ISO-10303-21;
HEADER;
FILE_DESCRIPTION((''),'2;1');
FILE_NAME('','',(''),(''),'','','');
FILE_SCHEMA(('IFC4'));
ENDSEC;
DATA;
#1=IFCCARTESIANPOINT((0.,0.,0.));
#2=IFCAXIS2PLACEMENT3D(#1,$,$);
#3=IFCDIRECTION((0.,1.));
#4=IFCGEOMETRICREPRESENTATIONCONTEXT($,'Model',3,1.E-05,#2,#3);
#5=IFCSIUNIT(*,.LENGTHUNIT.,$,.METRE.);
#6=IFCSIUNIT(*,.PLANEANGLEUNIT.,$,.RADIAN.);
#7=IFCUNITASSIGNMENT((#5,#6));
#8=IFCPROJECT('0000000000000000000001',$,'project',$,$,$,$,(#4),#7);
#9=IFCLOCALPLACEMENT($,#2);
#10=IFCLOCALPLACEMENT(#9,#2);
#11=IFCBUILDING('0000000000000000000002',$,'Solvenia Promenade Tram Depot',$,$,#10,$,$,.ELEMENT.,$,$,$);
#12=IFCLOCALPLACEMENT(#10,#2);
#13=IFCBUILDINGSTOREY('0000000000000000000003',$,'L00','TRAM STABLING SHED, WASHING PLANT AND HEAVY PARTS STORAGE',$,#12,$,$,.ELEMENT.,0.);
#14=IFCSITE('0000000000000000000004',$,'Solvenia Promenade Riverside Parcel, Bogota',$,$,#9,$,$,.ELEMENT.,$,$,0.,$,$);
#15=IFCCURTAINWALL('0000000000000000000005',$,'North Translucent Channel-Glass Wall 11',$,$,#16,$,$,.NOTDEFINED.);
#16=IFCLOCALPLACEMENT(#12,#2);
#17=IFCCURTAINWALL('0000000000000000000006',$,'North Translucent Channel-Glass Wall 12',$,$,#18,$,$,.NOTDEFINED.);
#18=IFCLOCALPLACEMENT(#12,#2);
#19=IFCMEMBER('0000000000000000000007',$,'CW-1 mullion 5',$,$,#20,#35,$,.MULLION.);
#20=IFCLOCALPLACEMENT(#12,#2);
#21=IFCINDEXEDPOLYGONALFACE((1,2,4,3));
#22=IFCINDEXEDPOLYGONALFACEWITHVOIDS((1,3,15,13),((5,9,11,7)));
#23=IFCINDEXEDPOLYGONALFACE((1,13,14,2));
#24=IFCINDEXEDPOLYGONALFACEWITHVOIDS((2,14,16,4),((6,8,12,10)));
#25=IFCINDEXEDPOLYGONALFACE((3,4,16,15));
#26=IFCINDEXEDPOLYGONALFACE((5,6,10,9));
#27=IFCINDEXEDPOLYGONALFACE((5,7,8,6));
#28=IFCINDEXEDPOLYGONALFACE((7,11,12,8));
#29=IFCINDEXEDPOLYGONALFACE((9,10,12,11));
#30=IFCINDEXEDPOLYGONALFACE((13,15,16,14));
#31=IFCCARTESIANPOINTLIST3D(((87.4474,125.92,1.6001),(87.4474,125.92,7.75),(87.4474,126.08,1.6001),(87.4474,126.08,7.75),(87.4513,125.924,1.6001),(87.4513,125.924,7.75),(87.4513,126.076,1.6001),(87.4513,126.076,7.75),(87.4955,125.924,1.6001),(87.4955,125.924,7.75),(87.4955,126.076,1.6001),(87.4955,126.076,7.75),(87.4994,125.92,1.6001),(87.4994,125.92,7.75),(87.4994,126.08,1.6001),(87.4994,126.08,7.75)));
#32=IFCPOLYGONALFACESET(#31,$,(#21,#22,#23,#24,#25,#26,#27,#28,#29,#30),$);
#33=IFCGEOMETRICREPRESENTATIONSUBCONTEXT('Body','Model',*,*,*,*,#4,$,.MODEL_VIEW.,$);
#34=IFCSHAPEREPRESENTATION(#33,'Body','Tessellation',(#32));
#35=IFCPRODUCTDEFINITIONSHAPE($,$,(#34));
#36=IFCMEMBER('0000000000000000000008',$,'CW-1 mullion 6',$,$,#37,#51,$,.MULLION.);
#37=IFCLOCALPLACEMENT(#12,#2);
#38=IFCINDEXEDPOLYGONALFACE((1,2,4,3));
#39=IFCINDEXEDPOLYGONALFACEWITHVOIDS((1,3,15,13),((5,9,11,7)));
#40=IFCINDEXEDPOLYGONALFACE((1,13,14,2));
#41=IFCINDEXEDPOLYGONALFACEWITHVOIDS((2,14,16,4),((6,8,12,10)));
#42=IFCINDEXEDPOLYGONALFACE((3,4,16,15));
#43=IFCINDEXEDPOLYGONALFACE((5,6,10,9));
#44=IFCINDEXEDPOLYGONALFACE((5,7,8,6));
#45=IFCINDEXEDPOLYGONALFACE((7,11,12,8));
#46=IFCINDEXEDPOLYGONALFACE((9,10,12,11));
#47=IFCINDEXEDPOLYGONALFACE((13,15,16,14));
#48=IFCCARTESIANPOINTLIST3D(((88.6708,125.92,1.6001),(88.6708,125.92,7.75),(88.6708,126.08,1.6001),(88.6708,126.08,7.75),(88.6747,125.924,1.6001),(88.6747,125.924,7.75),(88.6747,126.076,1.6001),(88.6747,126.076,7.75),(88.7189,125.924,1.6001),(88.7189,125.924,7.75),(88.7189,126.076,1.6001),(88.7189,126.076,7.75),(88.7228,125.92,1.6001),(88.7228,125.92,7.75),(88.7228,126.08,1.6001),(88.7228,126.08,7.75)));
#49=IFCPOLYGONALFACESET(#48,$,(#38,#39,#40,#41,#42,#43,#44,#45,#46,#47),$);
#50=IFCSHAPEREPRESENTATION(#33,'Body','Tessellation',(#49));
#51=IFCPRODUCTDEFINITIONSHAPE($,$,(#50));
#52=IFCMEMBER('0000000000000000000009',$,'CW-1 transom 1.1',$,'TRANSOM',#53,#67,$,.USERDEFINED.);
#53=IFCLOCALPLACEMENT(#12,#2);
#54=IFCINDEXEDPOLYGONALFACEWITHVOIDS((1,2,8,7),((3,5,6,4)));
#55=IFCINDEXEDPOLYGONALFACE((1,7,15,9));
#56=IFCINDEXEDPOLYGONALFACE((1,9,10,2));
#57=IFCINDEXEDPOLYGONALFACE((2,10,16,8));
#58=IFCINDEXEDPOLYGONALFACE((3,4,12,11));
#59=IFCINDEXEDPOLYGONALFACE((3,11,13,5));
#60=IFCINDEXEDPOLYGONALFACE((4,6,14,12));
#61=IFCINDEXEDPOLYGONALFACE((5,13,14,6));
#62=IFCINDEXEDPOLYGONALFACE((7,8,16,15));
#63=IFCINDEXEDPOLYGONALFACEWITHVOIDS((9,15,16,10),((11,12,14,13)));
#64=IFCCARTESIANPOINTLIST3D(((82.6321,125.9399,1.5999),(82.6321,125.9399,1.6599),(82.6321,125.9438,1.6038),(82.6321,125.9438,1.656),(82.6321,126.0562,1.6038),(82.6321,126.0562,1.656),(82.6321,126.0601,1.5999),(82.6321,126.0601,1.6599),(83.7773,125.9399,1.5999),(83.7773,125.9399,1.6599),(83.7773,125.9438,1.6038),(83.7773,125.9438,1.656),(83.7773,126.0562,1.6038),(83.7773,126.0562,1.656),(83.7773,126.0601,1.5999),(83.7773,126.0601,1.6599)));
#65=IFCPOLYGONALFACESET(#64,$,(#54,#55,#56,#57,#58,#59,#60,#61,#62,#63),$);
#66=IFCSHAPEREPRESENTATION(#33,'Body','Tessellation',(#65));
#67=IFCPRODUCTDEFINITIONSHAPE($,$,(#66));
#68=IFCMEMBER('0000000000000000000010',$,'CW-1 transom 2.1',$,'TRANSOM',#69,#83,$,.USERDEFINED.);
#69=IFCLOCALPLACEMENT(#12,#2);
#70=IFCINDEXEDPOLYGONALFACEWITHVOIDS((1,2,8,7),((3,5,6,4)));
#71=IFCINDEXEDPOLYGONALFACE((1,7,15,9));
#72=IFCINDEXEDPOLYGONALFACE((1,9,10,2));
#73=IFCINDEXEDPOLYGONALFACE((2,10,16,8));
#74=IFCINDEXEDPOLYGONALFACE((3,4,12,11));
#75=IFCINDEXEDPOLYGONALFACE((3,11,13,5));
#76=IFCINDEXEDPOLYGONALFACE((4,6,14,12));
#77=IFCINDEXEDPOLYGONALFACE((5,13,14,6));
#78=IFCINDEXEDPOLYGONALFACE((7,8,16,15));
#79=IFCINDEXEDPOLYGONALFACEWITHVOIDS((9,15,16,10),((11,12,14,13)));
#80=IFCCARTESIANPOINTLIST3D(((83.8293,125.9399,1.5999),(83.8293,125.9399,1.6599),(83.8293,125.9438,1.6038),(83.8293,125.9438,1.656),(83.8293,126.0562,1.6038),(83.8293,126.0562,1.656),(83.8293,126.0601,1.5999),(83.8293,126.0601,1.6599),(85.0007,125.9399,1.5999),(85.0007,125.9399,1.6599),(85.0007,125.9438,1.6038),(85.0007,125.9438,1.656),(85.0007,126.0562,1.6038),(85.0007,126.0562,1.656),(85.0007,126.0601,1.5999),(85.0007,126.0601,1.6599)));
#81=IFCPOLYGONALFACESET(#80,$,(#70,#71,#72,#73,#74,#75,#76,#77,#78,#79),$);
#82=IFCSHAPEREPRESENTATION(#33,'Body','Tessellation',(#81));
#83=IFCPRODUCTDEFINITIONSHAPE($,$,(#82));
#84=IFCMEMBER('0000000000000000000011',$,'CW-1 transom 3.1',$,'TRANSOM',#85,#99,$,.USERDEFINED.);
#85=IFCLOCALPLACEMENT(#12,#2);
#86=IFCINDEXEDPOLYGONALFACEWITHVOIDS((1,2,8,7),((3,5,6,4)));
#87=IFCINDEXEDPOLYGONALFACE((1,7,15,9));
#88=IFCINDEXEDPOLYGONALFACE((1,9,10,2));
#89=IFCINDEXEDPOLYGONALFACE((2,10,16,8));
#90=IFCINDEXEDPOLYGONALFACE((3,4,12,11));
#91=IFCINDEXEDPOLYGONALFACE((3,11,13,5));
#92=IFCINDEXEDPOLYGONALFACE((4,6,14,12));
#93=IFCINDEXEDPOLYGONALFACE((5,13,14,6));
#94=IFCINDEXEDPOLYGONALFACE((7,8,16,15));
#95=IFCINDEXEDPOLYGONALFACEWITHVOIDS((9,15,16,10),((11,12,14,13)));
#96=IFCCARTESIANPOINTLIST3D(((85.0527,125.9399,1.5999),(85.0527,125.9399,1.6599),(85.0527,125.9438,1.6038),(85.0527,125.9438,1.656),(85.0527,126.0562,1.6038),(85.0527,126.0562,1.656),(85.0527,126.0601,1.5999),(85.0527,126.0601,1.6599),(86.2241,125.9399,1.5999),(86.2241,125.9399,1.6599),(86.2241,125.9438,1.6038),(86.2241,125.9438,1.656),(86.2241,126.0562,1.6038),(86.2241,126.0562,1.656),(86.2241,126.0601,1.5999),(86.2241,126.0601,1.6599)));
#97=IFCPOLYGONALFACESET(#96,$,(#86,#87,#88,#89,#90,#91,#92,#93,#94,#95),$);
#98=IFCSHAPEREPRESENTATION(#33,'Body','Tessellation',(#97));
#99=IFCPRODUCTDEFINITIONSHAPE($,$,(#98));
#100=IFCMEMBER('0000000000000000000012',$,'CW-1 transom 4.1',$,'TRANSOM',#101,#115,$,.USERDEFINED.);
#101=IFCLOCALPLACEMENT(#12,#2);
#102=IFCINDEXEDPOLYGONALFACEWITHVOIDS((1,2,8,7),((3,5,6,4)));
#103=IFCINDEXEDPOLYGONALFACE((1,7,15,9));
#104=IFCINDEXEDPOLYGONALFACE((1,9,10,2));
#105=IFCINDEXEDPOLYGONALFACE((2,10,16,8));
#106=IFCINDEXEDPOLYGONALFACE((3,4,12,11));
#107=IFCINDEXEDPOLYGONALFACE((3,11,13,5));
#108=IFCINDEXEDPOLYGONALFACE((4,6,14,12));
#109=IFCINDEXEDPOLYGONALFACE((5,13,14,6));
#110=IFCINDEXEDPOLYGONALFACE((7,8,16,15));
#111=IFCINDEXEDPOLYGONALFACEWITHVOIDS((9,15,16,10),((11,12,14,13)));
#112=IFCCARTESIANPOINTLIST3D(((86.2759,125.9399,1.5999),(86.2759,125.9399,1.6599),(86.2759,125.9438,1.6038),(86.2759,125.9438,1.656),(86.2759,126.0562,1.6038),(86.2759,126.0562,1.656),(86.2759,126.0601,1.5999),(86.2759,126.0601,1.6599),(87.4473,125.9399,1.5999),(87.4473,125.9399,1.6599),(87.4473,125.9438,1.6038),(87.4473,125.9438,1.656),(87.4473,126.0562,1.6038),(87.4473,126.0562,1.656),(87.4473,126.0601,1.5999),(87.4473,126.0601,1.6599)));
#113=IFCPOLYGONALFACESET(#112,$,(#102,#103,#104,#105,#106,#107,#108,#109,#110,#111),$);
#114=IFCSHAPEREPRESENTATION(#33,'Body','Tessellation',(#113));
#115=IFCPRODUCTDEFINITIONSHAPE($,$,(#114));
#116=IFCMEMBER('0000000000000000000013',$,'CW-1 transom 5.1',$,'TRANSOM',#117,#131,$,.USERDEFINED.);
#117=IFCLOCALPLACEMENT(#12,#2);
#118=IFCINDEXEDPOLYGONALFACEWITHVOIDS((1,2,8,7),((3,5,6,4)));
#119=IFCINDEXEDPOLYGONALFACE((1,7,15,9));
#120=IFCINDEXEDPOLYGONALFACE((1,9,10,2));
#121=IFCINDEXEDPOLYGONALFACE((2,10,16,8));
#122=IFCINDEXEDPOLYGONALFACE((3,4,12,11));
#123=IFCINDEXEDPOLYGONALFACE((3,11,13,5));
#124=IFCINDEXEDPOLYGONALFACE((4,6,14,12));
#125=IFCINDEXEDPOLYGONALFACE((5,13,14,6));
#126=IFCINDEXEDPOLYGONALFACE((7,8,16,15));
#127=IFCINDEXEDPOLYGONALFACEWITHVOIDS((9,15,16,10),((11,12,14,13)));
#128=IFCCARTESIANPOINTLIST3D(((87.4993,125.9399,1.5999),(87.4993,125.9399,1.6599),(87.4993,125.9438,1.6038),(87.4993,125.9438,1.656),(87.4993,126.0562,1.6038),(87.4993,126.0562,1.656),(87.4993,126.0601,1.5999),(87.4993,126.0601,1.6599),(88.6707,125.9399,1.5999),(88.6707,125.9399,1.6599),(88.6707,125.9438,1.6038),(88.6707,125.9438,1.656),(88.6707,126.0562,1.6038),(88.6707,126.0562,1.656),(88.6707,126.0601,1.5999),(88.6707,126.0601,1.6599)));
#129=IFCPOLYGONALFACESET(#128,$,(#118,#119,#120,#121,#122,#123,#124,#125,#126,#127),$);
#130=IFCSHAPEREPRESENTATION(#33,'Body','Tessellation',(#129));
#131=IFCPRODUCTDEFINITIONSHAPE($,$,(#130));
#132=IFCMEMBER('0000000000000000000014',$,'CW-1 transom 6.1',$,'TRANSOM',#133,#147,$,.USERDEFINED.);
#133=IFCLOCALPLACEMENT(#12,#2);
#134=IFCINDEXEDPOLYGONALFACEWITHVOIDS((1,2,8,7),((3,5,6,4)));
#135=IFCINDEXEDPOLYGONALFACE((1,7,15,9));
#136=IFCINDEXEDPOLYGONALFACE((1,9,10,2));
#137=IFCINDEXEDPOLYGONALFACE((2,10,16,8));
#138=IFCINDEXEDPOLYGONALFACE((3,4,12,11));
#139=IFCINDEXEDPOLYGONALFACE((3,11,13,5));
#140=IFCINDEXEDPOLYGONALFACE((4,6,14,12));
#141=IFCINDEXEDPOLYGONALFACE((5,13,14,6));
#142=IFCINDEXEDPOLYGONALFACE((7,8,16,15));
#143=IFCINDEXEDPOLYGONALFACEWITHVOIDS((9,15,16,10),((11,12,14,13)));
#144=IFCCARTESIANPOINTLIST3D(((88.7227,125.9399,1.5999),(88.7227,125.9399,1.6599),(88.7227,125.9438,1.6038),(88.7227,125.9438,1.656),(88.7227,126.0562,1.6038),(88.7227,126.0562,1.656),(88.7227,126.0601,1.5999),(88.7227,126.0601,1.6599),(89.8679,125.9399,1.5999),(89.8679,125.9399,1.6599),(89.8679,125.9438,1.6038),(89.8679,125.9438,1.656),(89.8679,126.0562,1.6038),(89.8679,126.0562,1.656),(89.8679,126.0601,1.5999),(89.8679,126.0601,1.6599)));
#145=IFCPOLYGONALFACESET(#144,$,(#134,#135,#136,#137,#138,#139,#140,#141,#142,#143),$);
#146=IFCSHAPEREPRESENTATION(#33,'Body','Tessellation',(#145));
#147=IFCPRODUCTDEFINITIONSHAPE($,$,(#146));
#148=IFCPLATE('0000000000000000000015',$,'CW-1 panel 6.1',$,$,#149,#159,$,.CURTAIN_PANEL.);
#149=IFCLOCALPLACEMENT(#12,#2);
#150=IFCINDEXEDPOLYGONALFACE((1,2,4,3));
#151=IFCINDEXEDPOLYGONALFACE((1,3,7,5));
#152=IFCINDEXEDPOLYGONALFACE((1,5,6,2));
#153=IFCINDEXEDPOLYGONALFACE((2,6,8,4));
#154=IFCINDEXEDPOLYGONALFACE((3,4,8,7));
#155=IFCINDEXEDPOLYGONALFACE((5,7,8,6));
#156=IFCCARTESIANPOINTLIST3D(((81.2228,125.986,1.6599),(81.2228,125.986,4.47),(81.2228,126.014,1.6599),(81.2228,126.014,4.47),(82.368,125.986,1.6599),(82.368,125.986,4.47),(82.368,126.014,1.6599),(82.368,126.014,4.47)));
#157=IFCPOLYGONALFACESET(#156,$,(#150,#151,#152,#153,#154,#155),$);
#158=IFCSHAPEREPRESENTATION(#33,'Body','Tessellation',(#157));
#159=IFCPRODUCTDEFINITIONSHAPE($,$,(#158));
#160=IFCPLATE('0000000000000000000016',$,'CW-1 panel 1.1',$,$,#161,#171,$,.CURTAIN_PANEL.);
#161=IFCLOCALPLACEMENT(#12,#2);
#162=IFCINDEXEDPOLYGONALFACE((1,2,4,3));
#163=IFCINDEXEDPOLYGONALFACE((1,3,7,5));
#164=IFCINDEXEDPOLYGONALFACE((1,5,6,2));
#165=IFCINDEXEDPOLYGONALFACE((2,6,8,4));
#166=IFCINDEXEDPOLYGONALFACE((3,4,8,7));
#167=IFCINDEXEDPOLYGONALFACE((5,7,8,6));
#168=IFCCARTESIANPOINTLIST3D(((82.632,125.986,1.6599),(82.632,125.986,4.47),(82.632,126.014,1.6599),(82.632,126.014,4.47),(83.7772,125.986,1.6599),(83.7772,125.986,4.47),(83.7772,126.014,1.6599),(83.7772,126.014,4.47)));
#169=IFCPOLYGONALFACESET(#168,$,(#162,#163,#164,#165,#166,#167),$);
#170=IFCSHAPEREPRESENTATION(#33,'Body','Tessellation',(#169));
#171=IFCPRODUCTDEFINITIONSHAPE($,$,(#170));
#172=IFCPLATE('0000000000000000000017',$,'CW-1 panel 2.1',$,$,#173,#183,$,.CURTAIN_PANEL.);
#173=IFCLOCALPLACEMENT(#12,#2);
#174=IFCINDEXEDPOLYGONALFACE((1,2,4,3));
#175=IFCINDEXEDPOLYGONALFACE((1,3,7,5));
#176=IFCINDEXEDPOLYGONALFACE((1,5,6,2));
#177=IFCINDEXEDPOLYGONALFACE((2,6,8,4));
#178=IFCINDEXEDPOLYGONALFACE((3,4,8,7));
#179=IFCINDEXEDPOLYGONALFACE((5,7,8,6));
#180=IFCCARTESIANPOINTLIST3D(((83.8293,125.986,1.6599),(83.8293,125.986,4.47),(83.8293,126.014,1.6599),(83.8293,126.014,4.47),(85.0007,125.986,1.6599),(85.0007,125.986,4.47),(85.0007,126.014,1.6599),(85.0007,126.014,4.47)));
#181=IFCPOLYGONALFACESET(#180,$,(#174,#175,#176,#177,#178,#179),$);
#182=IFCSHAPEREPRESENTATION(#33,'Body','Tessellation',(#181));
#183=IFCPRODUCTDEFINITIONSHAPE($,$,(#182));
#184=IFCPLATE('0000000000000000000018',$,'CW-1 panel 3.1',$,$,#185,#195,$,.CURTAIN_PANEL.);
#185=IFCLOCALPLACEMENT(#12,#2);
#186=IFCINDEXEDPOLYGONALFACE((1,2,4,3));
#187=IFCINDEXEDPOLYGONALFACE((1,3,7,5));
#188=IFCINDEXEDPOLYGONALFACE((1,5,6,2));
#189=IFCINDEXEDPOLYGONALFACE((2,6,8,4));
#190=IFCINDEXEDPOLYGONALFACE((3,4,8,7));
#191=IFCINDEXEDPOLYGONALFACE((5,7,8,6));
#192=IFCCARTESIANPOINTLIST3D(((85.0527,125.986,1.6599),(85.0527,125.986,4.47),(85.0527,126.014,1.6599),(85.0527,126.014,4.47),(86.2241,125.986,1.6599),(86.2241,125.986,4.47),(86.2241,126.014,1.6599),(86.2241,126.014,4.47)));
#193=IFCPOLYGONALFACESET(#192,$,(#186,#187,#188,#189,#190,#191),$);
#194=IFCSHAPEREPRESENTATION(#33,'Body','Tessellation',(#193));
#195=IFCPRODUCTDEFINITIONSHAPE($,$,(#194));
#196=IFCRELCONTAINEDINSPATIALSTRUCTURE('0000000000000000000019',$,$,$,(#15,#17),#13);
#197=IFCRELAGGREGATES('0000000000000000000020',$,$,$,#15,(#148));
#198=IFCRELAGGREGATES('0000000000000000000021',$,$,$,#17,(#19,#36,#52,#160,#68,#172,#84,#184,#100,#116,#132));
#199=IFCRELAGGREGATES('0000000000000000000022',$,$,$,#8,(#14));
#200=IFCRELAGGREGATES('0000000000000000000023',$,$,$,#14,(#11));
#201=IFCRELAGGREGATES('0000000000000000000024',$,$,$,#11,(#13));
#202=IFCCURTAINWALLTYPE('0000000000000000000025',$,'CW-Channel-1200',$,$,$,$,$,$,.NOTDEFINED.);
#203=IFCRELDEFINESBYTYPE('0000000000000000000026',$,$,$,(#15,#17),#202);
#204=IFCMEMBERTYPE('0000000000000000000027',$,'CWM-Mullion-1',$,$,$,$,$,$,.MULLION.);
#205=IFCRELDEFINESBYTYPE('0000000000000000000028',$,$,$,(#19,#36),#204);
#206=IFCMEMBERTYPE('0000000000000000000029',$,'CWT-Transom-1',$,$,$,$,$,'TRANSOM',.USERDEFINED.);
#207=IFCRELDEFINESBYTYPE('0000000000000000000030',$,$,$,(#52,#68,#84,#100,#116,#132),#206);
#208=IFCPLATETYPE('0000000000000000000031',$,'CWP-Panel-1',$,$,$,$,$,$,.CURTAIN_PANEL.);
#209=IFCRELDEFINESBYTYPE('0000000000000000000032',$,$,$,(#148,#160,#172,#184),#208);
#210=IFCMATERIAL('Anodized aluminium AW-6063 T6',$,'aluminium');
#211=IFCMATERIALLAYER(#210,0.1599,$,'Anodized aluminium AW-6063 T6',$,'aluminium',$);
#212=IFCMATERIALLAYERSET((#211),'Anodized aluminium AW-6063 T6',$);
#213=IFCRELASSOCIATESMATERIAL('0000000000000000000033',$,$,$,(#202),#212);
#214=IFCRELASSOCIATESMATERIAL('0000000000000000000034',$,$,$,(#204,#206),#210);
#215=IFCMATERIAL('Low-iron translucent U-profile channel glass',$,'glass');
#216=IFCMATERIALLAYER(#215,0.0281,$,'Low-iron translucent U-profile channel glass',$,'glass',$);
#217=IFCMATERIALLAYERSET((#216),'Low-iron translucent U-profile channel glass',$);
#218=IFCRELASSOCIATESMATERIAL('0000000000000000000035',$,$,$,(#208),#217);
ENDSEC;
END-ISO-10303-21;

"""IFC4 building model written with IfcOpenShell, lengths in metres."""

from ifc_helpers import new_model, si_unit, direction, frame, origin, origin_2d, place, context, subcontext, project, spatial, rectangle, hollow_rectangle, extrude, material, layer, layer_set, material_profile, profile_set, type_object, element, aggregate, save


model = new_model("IFC4")

# Units and contexts
model_context = context("Model", 3, precision=1e-05, world=origin(), true_north=direction((0.0, 1.0)))
body_context = subcontext(model_context, "Body", "Model", "MODEL_VIEW")
ifc_project = project(units=[si_unit("LENGTHUNIT", "METRE"), si_unit("PLANEANGLEUNIT", "RADIAN")], contexts=[model_context])

# Site, building, storey
site_placement = place(None, origin())
site = spatial("IfcSite", under=ifc_project, at=site_placement, Name="Solvenia Promenade Riverside Parcel, Bogota", CompositionType="ELEMENT", RefElevation=0.0)
building_placement = place(site_placement, origin())
building = spatial("IfcBuilding", under=site, at=building_placement, Name="Solvenia Promenade Tram Depot", CompositionType="ELEMENT")
storey_placement = place(building_placement, origin())
storey = spatial("IfcBuildingStorey", under=building, at=storey_placement, Name="L00", Description="TRAM STABLING SHED, WASHING PLANT AND HEAVY PARTS STORAGE", CompositionType="ELEMENT", Elevation=0.0)

# Curtain wall
ifc_material_1 = material(Name="Anodized aluminium AW-6063 T6", Category="aluminium")
ifc_layer_1 = layer(ifc_material_1, 0.1599, Name="Anodized aluminium AW-6063 T6", Category="aluminium")
ifc_layer_set_1 = layer_set([ifc_layer_1], Name="Anodized aluminium AW-6063 T6")
curtain_wall_type = type_object("IfcCurtainWallType", Name="CW-Channel-1200", PredefinedType="NOTDEFINED", material=ifc_layer_set_1)
curtain_wall_1_placement = place(storey_placement, origin())
curtain_wall_1 = element("IfcCurtainWall", 1, at=curtain_wall_1_placement, inside=storey, type_object=curtain_wall_type, Name="North Translucent Channel-Glass Wall 11", PredefinedType="NOTDEFINED")
ifc_material_profile_1 = material_profile(ifc_material_1, hollow_rectangle(XDim=0.1599, YDim=0.052, WallThickness=0.0039, at=origin_2d()), Name="ALU-M1", Category="aluminium")
ifc_profile_set_1 = profile_set([ifc_material_profile_1], Name="Anodized aluminium AW-6063 T6")
member_type_1 = type_object("IfcMemberType", Name="CWM-Mullion-1", PredefinedType="MULLION", material=ifc_profile_set_1)

# Curtain wall, members
curtain_wall_2_placement = place(storey_placement, origin())
curtain_wall_2 = element("IfcCurtainWall", 2, at=curtain_wall_2_placement, inside=storey, type_object=curtain_wall_type, Name="North Translucent Channel-Glass Wall 12", PredefinedType="NOTDEFINED")
member_1_placement = place(storey_placement, frame((87.4734, 126.0, 1.6001), z_axis=(0.0, 0.0, 1.0), x_axis=(0.0, 1.0, 0.0)))
member_1 = element("IfcMember", 3, at=member_1_placement, type_object=member_type_1, Name="CW-1 mullion 5", PredefinedType="MULLION", context=body_context, shape_type="SweptSolid", body=[
    extrude(hollow_rectangle(XDim=0.1599, YDim=0.052, WallThickness=0.0039, at=origin_2d()), origin(), (0.0, 0.0, 1.0), 6.1499),
])
member_2_placement = place(storey_placement, frame((88.6968, 126.0, 1.6001), z_axis=(0.0, 0.0, 1.0), x_axis=(0.0, 1.0, 0.0)))
member_2 = element("IfcMember", 4, at=member_2_placement, type_object=member_type_1, Name="CW-1 mullion 6", PredefinedType="MULLION", context=body_context, shape_type="SweptSolid", body=[
    extrude(hollow_rectangle(XDim=0.1599, YDim=0.052, WallThickness=0.0039, at=origin_2d()), origin(), (0.0, 0.0, 1.0), 6.1499),
])
ifc_material_profile_2 = material_profile(ifc_material_1, hollow_rectangle(XDim=0.1201, YDim=0.0601, WallThickness=0.0039, at=origin_2d()), Name="ALU-T1", Category="aluminium")
ifc_profile_set_2 = profile_set([ifc_material_profile_2], Name="Anodized aluminium AW-6063 T6")
member_type_2 = type_object("IfcMemberType", Name="CWT-Transom-1", ElementType="TRANSOM", PredefinedType="USERDEFINED", material=ifc_profile_set_2)
member_3_placement = place(storey_placement, frame((82.6321, 126.0, 1.6299), z_axis=(1.0, 0.0, 0.0), x_axis=(0.0, 1.0, 0.0)))
member_3 = element("IfcMember", 5, at=member_3_placement, type_object=member_type_2, Name="CW-1 transom 1.1", ObjectType="TRANSOM", PredefinedType="USERDEFINED", context=body_context, shape_type="SweptSolid", body=[
    extrude(hollow_rectangle(XDim=0.1201, YDim=0.0601, WallThickness=0.0039, at=origin_2d()), origin(), (0.0, 0.0, 1.0), 1.1453),
])
member_4_placement = place(storey_placement, frame((83.8293, 126.0, 1.6299), z_axis=(1.0, 0.0, 0.0), x_axis=(0.0, 1.0, 0.0)))
member_4 = element("IfcMember", 6, at=member_4_placement, type_object=member_type_2, Name="CW-1 transom 2.1", ObjectType="TRANSOM", PredefinedType="USERDEFINED", context=body_context, shape_type="SweptSolid", body=[
    extrude(hollow_rectangle(XDim=0.1201, YDim=0.0601, WallThickness=0.0039, at=origin_2d()), origin(), (0.0, 0.0, 1.0), 1.1714),
])
member_5_placement = place(storey_placement, frame((85.0527, 126.0, 1.6299), z_axis=(1.0, 0.0, 0.0), x_axis=(0.0, 1.0, 0.0)))
member_5 = element("IfcMember", 7, at=member_5_placement, type_object=member_type_2, Name="CW-1 transom 3.1", ObjectType="TRANSOM", PredefinedType="USERDEFINED", context=body_context, shape_type="SweptSolid", body=[
    extrude(hollow_rectangle(XDim=0.1201, YDim=0.0601, WallThickness=0.0039, at=origin_2d()), origin(), (0.0, 0.0, 1.0), 1.1714),
])
member_6_placement = place(storey_placement, frame((86.2759, 126.0, 1.6299), z_axis=(1.0, 0.0, 0.0), x_axis=(0.0, 1.0, 0.0)))
member_6 = element("IfcMember", 8, at=member_6_placement, type_object=member_type_2, Name="CW-1 transom 4.1", ObjectType="TRANSOM", PredefinedType="USERDEFINED", context=body_context, shape_type="SweptSolid", body=[
    extrude(hollow_rectangle(XDim=0.1201, YDim=0.0601, WallThickness=0.0039, at=origin_2d()), origin(), (0.0, 0.0, 1.0), 1.1714),
])
member_7_placement = place(storey_placement, frame((87.4993, 126.0, 1.6299), z_axis=(1.0, 0.0, 0.0), x_axis=(0.0, 1.0, 0.0)))
member_7 = element("IfcMember", 9, at=member_7_placement, type_object=member_type_2, Name="CW-1 transom 5.1", ObjectType="TRANSOM", PredefinedType="USERDEFINED", context=body_context, shape_type="SweptSolid", body=[
    extrude(hollow_rectangle(XDim=0.1201, YDim=0.0601, WallThickness=0.0039, at=origin_2d()), origin(), (0.0, 0.0, 1.0), 1.1714),
])
member_8_placement = place(storey_placement, frame((88.7227, 126.0, 1.6299), z_axis=(1.0, 0.0, 0.0), x_axis=(0.0, 1.0, 0.0)))
member_8 = element("IfcMember", 10, at=member_8_placement, type_object=member_type_2, Name="CW-1 transom 6.1", ObjectType="TRANSOM", PredefinedType="USERDEFINED", context=body_context, shape_type="SweptSolid", body=[
    extrude(hollow_rectangle(XDim=0.1201, YDim=0.0601, WallThickness=0.0039, at=origin_2d()), origin(), (0.0, 0.0, 1.0), 1.1453),
])

# Plates
ifc_material_2 = material(Name="Low-iron translucent U-profile channel glass", Category="glass")
ifc_layer_2 = layer(ifc_material_2, 0.0281, Name="Low-iron translucent U-profile channel glass", Category="glass")
ifc_layer_set_2 = layer_set([ifc_layer_2], Name="Low-iron translucent U-profile channel glass")
plate_type = type_object("IfcPlateType", Name="CWP-Panel-1", PredefinedType="CURTAIN_PANEL", material=ifc_layer_set_2)
plate_1_placement = place(storey_placement, frame((81.7954, 126.0, 1.6599), z_axis=(0.0, 0.0, 1.0), x_axis=(1.0, 0.0, 0.0)))
plate_1 = element("IfcPlate", 11, at=plate_1_placement, type_object=plate_type, Name="CW-1 panel 6.1", PredefinedType="CURTAIN_PANEL", context=body_context, shape_type="SweptSolid", body=[
    extrude(rectangle(XDim=1.1453, YDim=0.0281, at=origin_2d()), origin(), (0.0, 0.0, 1.0), 2.8101),
])
aggregate(curtain_wall_1, [plate_1])
plate_2_placement = place(storey_placement, frame((83.2046, 126.0, 1.6599), z_axis=(0.0, 0.0, 1.0), x_axis=(1.0, 0.0, 0.0)))
plate_2 = element("IfcPlate", 12, at=plate_2_placement, type_object=plate_type, Name="CW-1 panel 1.1", PredefinedType="CURTAIN_PANEL", context=body_context, shape_type="SweptSolid", body=[
    extrude(rectangle(XDim=1.1453, YDim=0.0281, at=origin_2d()), origin(), (0.0, 0.0, 1.0), 2.8101),
])
plate_3_placement = place(storey_placement, frame((84.415, 126.0, 1.6599), z_axis=(0.0, 0.0, 1.0), x_axis=(1.0, 0.0, 0.0)))
plate_3 = element("IfcPlate", 13, at=plate_3_placement, type_object=plate_type, Name="CW-1 panel 2.1", PredefinedType="CURTAIN_PANEL", context=body_context, shape_type="SweptSolid", body=[
    extrude(rectangle(XDim=1.1714, YDim=0.0281, at=origin_2d()), origin(), (0.0, 0.0, 1.0), 2.8101),
])
plate_4_placement = place(storey_placement, frame((85.6384, 126.0, 1.6599), z_axis=(0.0, 0.0, 1.0), x_axis=(1.0, 0.0, 0.0)))
plate_4 = element("IfcPlate", 14, at=plate_4_placement, type_object=plate_type, Name="CW-1 panel 3.1", PredefinedType="CURTAIN_PANEL", context=body_context, shape_type="SweptSolid", body=[
    extrude(rectangle(XDim=1.1714, YDim=0.0281, at=origin_2d()), origin(), (0.0, 0.0, 1.0), 2.8101),
])
aggregate(curtain_wall_2, [member_1, member_2, member_3, plate_2, member_4, plate_3, member_5, plate_4, member_6, member_7, member_8])

save(model, "model.ifc")
